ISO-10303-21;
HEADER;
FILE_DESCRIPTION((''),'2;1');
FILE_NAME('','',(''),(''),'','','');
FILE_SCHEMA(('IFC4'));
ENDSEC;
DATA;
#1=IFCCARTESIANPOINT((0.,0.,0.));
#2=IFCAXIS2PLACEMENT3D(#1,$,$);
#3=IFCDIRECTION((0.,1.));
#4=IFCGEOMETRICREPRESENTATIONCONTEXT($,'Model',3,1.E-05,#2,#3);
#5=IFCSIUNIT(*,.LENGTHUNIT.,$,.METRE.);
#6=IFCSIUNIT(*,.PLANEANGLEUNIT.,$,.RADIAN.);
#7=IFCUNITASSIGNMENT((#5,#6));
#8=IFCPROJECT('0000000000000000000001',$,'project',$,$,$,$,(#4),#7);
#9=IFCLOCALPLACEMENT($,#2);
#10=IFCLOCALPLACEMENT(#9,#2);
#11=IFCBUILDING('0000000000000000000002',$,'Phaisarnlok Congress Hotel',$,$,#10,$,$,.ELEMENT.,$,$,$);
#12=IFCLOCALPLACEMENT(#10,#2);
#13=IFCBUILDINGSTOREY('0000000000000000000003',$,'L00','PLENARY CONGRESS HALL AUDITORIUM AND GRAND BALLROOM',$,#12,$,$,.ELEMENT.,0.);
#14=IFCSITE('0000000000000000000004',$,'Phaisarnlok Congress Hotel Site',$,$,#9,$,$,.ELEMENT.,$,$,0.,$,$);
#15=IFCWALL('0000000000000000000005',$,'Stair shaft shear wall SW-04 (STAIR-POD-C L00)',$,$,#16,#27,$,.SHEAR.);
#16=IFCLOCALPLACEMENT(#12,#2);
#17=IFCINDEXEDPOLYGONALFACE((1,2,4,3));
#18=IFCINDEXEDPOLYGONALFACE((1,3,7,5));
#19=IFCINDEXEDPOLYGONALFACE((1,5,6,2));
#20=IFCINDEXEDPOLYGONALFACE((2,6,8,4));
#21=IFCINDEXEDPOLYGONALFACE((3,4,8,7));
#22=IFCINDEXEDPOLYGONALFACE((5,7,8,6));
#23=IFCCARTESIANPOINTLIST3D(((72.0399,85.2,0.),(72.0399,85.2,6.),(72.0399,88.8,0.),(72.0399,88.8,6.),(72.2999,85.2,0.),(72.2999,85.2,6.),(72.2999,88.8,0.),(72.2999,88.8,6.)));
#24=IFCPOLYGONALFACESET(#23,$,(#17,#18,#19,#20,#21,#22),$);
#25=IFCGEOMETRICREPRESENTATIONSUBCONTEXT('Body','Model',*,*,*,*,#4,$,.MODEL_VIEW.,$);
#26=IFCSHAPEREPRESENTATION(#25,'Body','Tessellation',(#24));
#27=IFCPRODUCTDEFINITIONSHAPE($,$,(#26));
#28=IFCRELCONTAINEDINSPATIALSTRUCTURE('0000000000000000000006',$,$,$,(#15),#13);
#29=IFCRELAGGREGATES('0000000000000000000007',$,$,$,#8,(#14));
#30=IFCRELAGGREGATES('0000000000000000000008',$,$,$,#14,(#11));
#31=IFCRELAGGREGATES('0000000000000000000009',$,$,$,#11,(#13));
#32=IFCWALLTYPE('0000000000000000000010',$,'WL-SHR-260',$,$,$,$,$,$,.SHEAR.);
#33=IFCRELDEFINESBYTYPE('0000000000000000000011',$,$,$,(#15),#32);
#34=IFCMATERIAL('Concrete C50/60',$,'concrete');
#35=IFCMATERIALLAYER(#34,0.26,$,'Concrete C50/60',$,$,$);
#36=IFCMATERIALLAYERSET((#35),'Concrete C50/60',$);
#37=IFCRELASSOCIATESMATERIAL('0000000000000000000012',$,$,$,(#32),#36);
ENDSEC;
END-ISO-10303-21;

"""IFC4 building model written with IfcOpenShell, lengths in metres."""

from ifc_helpers import new_model, si_unit, direction, frame, frame_2d, origin, place, context, subcontext, project, spatial, rectangle, extrude, material, layer, layer_set, type_object, element, save


model = new_model("IFC4")

# Units and contexts
model_context = context("Model", 3, precision=1e-05, world=origin(), true_north=direction((0.0, 1.0)))
body_context = subcontext(model_context, "Body", "Model", "MODEL_VIEW")
ifc_project = project(units=[si_unit("LENGTHUNIT", "METRE"), si_unit("PLANEANGLEUNIT", "RADIAN")], contexts=[model_context])

# Site, building, storey
site_placement = place(None, origin())
site = spatial("IfcSite", under=ifc_project, at=site_placement, Name="Phaisarnlok Congress Hotel Site", CompositionType="ELEMENT", RefElevation=0.0)
building_placement = place(site_placement, origin())
building = spatial("IfcBuilding", under=site, at=building_placement, Name="Phaisarnlok Congress Hotel", CompositionType="ELEMENT")
storey_placement = place(building_placement, origin())
storey = spatial("IfcBuildingStorey", under=building, at=storey_placement, Name="L00", Description="PLENARY CONGRESS HALL AUDITORIUM AND GRAND BALLROOM", CompositionType="ELEMENT", Elevation=0.0)

# Shared definitions
ifc_material_1 = material(Name="Concrete C50/60", Category="concrete")

# Wall
ifc_layer_1 = layer(ifc_material_1, 0.26, Name="Concrete C50/60")
ifc_layer_set_1 = layer_set([ifc_layer_1], Name="Concrete C50/60")
wall_type_1 = type_object("IfcWallType", Name="WL-SHR-260", PredefinedType="SHEAR", material=ifc_layer_set_1)
wall_1_placement = place(storey_placement, frame((72.1699, 85.2, 0.0), z_axis=(0.0, 0.0, 1.0), x_axis=(0.0, 1.0, 0.0)))
element("IfcWall", 1, at=wall_1_placement, inside=storey, type_object=wall_type_1, Name="Stair shaft shear wall SW-04 (STAIR-POD-C L00)", PredefinedType="SHEAR", context=body_context, shape_type="SweptSolid", body=[
    extrude(rectangle(XDim=3.6001, YDim=0.26, at=frame_2d((1.8, 0.0))), origin(), (0.0, 0.0, 1.0), 6.0),
])

save(model, "model.ifc")
